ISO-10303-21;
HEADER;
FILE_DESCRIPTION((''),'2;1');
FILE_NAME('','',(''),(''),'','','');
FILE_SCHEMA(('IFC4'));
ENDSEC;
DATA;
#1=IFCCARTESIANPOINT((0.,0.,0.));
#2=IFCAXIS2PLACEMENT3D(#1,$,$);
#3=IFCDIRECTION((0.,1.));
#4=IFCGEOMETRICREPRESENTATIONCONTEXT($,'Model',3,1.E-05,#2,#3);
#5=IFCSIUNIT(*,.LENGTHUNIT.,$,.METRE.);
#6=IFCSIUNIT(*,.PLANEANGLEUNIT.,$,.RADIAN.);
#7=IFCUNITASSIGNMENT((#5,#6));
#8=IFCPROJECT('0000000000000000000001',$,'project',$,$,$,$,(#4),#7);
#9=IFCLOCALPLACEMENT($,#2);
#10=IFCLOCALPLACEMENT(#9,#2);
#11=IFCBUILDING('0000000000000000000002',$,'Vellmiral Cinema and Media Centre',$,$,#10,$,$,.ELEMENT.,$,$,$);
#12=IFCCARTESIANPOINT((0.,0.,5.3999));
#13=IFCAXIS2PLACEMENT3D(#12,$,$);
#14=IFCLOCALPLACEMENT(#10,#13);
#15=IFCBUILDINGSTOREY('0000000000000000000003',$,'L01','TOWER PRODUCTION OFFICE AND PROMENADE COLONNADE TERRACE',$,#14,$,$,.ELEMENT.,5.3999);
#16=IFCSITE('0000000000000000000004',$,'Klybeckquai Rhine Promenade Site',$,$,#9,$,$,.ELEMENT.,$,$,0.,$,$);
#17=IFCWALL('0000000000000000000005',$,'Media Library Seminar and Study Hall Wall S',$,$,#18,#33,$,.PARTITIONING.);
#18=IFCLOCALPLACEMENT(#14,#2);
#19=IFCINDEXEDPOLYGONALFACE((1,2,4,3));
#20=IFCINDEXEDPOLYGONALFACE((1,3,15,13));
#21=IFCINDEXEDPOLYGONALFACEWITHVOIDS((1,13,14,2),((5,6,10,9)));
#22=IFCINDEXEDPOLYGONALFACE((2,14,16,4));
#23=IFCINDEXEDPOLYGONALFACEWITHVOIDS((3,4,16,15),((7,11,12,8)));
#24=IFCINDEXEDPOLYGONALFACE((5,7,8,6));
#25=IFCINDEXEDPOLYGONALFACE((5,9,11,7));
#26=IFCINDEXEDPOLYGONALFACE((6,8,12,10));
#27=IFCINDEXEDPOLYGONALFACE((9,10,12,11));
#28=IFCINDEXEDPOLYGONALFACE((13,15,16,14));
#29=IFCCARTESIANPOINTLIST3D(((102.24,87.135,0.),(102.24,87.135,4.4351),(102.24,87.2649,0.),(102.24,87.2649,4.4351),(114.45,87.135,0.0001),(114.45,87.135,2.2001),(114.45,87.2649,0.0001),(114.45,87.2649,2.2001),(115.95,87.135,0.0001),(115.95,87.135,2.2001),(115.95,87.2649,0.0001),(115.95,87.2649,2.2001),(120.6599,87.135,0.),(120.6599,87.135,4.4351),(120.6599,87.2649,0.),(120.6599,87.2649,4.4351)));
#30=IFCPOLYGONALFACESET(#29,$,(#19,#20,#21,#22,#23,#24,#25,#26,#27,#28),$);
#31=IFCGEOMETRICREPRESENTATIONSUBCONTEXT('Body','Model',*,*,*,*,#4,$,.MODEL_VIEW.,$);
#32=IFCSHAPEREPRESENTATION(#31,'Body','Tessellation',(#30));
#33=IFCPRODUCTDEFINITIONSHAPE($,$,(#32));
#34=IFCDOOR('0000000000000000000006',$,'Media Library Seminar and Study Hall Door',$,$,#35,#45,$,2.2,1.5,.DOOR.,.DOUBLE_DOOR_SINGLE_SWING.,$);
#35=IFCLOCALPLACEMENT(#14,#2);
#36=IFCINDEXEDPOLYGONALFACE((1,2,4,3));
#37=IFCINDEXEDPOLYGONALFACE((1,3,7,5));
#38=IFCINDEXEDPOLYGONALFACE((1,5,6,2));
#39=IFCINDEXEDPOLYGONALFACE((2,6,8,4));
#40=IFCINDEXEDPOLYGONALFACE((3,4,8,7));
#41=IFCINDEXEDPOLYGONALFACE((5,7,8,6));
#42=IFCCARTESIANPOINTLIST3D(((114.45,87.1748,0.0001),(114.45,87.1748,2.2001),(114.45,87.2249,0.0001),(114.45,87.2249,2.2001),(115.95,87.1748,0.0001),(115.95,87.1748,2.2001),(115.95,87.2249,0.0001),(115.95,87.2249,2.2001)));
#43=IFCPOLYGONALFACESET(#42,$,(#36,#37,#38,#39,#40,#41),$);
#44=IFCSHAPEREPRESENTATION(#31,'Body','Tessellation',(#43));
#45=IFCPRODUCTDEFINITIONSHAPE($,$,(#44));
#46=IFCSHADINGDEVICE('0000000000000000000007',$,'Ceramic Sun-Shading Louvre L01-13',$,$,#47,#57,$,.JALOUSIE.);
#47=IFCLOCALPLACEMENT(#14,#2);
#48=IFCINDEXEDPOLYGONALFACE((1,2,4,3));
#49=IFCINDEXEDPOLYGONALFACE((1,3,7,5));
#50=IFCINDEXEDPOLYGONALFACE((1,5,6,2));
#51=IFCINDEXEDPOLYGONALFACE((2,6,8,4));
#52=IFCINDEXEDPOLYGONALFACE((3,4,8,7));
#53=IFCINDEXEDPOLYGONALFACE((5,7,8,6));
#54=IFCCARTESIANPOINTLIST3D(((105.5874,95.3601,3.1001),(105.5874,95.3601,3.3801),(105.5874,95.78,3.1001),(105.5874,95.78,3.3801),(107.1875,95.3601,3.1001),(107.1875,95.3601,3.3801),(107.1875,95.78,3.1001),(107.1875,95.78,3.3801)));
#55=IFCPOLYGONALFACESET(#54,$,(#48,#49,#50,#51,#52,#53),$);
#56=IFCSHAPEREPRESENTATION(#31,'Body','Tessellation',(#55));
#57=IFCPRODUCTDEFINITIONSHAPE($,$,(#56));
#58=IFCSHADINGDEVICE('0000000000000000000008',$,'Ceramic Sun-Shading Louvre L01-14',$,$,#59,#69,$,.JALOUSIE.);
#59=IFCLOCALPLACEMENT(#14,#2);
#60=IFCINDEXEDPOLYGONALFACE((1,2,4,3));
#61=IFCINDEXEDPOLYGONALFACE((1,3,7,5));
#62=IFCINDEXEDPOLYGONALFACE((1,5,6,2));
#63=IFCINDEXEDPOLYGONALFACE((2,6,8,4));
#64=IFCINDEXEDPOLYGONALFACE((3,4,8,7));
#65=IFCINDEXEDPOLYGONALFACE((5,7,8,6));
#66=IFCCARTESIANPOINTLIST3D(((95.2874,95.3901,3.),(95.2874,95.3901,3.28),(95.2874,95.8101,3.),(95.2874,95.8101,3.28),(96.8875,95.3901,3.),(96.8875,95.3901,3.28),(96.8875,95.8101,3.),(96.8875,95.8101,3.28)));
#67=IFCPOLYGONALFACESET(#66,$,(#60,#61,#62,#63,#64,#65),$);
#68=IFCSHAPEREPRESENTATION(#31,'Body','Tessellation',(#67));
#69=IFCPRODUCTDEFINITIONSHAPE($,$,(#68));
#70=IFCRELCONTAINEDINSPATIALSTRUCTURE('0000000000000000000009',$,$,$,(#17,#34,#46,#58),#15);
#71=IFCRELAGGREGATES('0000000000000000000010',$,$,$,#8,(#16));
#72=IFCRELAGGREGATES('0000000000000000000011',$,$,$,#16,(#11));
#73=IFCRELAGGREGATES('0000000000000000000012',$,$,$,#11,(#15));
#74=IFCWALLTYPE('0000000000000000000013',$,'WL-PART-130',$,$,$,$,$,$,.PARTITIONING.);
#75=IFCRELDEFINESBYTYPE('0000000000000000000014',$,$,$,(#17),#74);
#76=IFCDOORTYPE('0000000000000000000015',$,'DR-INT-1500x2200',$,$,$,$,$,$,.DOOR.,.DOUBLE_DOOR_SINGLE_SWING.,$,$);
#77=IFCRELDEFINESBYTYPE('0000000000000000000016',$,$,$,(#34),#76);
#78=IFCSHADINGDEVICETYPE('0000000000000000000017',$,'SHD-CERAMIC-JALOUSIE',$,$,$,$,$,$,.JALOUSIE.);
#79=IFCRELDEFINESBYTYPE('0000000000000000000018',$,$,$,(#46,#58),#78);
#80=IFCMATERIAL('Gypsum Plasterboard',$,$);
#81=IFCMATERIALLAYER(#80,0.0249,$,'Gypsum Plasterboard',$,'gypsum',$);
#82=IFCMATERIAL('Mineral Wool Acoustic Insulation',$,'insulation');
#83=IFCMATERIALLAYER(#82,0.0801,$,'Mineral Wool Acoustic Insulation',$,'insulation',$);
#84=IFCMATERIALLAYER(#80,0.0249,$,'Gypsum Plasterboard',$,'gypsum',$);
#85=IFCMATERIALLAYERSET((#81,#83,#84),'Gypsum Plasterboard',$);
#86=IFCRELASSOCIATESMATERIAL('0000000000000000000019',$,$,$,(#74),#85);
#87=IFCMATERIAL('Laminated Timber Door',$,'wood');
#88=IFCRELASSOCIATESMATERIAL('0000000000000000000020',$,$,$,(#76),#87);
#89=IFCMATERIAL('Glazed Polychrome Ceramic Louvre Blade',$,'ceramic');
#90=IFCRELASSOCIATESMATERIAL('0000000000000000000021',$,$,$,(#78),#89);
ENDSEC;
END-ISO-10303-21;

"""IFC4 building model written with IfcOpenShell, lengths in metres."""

from ifc_helpers import new_model, si_unit, direction, frame, frame_2d, origin, origin_2d, place, context, subcontext, project, spatial, rectangle, extrude, material, layer, layer_set, type_object, element, fill, save


model = new_model("IFC4")

# Units and contexts
model_context = context("Model", 3, precision=1e-05, world=origin(), true_north=direction((0.0, 1.0)))
body_context = subcontext(model_context, "Body", "Model", "MODEL_VIEW")
ifc_project = project(units=[si_unit("LENGTHUNIT", "METRE"), si_unit("PLANEANGLEUNIT", "RADIAN")], contexts=[model_context])

# Site, building, storey
site_placement = place(None, origin())
site = spatial("IfcSite", under=ifc_project, at=site_placement, Name="Klybeckquai Rhine Promenade Site", CompositionType="ELEMENT", RefElevation=0.0)
building_placement = place(site_placement, origin())
building = spatial("IfcBuilding", under=site, at=building_placement, Name="Vellmiral Cinema and Media Centre", CompositionType="ELEMENT")
storey_placement = place(building_placement, frame((0.0, 0.0, 5.3999)))
storey = spatial("IfcBuildingStorey", under=building, at=storey_placement, Name="L01", Description="TOWER PRODUCTION OFFICE AND PROMENADE COLONNADE TERRACE", CompositionType="ELEMENT", Elevation=5.3999)

# Wall, opening, door
ifc_material_1 = material(Name="Gypsum Plasterboard")
ifc_layer_1 = layer(ifc_material_1, 0.0249, Name="Gypsum Plasterboard", Category="gypsum")
ifc_material_2 = material(Name="Mineral Wool Acoustic Insulation", Category="insulation")
ifc_layer_2 = layer(ifc_material_2, 0.0801, Name="Mineral Wool Acoustic Insulation", Category="insulation")
ifc_layer_3 = layer(ifc_material_1, 0.0249, Name="Gypsum Plasterboard", Category="gypsum")
ifc_layer_set_1 = layer_set([ifc_layer_1, ifc_layer_2, ifc_layer_3], Name="Gypsum Plasterboard")
wall_type_1 = type_object("IfcWallType", Name="WL-PART-130", PredefinedType="PARTITIONING", material=ifc_layer_set_1)
wall_1_placement = place(storey_placement, frame((102.24, 87.2, 0.0), z_axis=(0.0, 0.0, 1.0), x_axis=(1.0, 0.0, 0.0)))
wall_1 = element("IfcWall", 1, at=wall_1_placement, inside=storey, type_object=wall_type_1, Name="Media Library Seminar and Study Hall Wall S", PredefinedType="PARTITIONING", context=body_context, shape_type="SweptSolid", body=[
    extrude(rectangle(XDim=18.4199, YDim=0.1299, at=frame_2d((9.21, 0.0))), origin(), (0.0, 0.0, 1.0), 4.4351),
])
opening_1_placement = place(wall_1_placement, frame((12.21, 0.0, 0.0)))
opening_1 = element("IfcOpeningElement", 2, at=opening_1_placement, cuts=wall_1, PredefinedType="OPENING", context=body_context, shape_type="SweptSolid", body=[
    extrude(rectangle(XDim=1.5, YDim=2.2, at=frame_2d((0.75, 1.1001))), frame((0.0, 0.0769, 0.0), z_axis=(0.0, -1.0, 0.0), x_axis=(1.0, 0.0, 0.0)), (0.0, 0.0, 1.0), 0.1538),
])
ifc_material_3 = material(Name="Laminated Timber Door", Category="wood")
door_type = type_object("IfcDoorType", Name="DR-INT-1500x2200", OperationType="DOUBLE_DOOR_SINGLE_SWING", PredefinedType="DOOR", material=ifc_material_3)
door_placement = place(opening_1_placement, origin())
door = element("IfcDoor", 3, at=door_placement, inside=storey, type_object=door_type, Name="Media Library Seminar and Study Hall Door", OperationType="DOUBLE_DOOR_SINGLE_SWING", OverallHeight=2.2, OverallWidth=1.5, PredefinedType="DOOR", context=body_context, shape_type="SweptSolid", body=[
    extrude(rectangle(XDim=1.5, YDim=2.2, at=frame_2d((0.75, 1.1001))), frame((0.0, 0.0249, 0.0), z_axis=(0.0, -1.0, 0.0), x_axis=(1.0, 0.0, 0.0)), (0.0, 0.0, 1.0), 0.05),
])
fill(opening_1, door)

# Shading devices
ifc_material_4 = material(Name="Glazed Polychrome Ceramic Louvre Blade", Category="ceramic")
shading_device_type = type_object("IfcShadingDeviceType", Name="SHD-CERAMIC-JALOUSIE", PredefinedType="JALOUSIE", material=ifc_material_4)
for number, where, z_axis, x_axis, name in (
    (4, (106.3875, 95.5701, 3.1001), (0.0, 0.0, 1.0), (-1.0, 0.0, 0.0), "Ceramic Sun-Shading Louvre L01-13"),
    (5, (96.0874, 95.6001, 3.0), (0.0, 0.0, 1.0), (-1.0, 0.0, 0.0), "Ceramic Sun-Shading Louvre L01-14"),
):
    element("IfcShadingDevice", number, at=place(storey_placement, frame(where, z_axis=z_axis, x_axis=x_axis)), inside=storey, type_object=shading_device_type, Name=name, PredefinedType="JALOUSIE", context=body_context, shape_type="SweptSolid", body=[
        extrude(rectangle(XDim=1.6001, YDim=0.4199, at=origin_2d()), origin(), (0.0, 0.0, 1.0), 0.28),
    ])

save(model, "model.ifc")
